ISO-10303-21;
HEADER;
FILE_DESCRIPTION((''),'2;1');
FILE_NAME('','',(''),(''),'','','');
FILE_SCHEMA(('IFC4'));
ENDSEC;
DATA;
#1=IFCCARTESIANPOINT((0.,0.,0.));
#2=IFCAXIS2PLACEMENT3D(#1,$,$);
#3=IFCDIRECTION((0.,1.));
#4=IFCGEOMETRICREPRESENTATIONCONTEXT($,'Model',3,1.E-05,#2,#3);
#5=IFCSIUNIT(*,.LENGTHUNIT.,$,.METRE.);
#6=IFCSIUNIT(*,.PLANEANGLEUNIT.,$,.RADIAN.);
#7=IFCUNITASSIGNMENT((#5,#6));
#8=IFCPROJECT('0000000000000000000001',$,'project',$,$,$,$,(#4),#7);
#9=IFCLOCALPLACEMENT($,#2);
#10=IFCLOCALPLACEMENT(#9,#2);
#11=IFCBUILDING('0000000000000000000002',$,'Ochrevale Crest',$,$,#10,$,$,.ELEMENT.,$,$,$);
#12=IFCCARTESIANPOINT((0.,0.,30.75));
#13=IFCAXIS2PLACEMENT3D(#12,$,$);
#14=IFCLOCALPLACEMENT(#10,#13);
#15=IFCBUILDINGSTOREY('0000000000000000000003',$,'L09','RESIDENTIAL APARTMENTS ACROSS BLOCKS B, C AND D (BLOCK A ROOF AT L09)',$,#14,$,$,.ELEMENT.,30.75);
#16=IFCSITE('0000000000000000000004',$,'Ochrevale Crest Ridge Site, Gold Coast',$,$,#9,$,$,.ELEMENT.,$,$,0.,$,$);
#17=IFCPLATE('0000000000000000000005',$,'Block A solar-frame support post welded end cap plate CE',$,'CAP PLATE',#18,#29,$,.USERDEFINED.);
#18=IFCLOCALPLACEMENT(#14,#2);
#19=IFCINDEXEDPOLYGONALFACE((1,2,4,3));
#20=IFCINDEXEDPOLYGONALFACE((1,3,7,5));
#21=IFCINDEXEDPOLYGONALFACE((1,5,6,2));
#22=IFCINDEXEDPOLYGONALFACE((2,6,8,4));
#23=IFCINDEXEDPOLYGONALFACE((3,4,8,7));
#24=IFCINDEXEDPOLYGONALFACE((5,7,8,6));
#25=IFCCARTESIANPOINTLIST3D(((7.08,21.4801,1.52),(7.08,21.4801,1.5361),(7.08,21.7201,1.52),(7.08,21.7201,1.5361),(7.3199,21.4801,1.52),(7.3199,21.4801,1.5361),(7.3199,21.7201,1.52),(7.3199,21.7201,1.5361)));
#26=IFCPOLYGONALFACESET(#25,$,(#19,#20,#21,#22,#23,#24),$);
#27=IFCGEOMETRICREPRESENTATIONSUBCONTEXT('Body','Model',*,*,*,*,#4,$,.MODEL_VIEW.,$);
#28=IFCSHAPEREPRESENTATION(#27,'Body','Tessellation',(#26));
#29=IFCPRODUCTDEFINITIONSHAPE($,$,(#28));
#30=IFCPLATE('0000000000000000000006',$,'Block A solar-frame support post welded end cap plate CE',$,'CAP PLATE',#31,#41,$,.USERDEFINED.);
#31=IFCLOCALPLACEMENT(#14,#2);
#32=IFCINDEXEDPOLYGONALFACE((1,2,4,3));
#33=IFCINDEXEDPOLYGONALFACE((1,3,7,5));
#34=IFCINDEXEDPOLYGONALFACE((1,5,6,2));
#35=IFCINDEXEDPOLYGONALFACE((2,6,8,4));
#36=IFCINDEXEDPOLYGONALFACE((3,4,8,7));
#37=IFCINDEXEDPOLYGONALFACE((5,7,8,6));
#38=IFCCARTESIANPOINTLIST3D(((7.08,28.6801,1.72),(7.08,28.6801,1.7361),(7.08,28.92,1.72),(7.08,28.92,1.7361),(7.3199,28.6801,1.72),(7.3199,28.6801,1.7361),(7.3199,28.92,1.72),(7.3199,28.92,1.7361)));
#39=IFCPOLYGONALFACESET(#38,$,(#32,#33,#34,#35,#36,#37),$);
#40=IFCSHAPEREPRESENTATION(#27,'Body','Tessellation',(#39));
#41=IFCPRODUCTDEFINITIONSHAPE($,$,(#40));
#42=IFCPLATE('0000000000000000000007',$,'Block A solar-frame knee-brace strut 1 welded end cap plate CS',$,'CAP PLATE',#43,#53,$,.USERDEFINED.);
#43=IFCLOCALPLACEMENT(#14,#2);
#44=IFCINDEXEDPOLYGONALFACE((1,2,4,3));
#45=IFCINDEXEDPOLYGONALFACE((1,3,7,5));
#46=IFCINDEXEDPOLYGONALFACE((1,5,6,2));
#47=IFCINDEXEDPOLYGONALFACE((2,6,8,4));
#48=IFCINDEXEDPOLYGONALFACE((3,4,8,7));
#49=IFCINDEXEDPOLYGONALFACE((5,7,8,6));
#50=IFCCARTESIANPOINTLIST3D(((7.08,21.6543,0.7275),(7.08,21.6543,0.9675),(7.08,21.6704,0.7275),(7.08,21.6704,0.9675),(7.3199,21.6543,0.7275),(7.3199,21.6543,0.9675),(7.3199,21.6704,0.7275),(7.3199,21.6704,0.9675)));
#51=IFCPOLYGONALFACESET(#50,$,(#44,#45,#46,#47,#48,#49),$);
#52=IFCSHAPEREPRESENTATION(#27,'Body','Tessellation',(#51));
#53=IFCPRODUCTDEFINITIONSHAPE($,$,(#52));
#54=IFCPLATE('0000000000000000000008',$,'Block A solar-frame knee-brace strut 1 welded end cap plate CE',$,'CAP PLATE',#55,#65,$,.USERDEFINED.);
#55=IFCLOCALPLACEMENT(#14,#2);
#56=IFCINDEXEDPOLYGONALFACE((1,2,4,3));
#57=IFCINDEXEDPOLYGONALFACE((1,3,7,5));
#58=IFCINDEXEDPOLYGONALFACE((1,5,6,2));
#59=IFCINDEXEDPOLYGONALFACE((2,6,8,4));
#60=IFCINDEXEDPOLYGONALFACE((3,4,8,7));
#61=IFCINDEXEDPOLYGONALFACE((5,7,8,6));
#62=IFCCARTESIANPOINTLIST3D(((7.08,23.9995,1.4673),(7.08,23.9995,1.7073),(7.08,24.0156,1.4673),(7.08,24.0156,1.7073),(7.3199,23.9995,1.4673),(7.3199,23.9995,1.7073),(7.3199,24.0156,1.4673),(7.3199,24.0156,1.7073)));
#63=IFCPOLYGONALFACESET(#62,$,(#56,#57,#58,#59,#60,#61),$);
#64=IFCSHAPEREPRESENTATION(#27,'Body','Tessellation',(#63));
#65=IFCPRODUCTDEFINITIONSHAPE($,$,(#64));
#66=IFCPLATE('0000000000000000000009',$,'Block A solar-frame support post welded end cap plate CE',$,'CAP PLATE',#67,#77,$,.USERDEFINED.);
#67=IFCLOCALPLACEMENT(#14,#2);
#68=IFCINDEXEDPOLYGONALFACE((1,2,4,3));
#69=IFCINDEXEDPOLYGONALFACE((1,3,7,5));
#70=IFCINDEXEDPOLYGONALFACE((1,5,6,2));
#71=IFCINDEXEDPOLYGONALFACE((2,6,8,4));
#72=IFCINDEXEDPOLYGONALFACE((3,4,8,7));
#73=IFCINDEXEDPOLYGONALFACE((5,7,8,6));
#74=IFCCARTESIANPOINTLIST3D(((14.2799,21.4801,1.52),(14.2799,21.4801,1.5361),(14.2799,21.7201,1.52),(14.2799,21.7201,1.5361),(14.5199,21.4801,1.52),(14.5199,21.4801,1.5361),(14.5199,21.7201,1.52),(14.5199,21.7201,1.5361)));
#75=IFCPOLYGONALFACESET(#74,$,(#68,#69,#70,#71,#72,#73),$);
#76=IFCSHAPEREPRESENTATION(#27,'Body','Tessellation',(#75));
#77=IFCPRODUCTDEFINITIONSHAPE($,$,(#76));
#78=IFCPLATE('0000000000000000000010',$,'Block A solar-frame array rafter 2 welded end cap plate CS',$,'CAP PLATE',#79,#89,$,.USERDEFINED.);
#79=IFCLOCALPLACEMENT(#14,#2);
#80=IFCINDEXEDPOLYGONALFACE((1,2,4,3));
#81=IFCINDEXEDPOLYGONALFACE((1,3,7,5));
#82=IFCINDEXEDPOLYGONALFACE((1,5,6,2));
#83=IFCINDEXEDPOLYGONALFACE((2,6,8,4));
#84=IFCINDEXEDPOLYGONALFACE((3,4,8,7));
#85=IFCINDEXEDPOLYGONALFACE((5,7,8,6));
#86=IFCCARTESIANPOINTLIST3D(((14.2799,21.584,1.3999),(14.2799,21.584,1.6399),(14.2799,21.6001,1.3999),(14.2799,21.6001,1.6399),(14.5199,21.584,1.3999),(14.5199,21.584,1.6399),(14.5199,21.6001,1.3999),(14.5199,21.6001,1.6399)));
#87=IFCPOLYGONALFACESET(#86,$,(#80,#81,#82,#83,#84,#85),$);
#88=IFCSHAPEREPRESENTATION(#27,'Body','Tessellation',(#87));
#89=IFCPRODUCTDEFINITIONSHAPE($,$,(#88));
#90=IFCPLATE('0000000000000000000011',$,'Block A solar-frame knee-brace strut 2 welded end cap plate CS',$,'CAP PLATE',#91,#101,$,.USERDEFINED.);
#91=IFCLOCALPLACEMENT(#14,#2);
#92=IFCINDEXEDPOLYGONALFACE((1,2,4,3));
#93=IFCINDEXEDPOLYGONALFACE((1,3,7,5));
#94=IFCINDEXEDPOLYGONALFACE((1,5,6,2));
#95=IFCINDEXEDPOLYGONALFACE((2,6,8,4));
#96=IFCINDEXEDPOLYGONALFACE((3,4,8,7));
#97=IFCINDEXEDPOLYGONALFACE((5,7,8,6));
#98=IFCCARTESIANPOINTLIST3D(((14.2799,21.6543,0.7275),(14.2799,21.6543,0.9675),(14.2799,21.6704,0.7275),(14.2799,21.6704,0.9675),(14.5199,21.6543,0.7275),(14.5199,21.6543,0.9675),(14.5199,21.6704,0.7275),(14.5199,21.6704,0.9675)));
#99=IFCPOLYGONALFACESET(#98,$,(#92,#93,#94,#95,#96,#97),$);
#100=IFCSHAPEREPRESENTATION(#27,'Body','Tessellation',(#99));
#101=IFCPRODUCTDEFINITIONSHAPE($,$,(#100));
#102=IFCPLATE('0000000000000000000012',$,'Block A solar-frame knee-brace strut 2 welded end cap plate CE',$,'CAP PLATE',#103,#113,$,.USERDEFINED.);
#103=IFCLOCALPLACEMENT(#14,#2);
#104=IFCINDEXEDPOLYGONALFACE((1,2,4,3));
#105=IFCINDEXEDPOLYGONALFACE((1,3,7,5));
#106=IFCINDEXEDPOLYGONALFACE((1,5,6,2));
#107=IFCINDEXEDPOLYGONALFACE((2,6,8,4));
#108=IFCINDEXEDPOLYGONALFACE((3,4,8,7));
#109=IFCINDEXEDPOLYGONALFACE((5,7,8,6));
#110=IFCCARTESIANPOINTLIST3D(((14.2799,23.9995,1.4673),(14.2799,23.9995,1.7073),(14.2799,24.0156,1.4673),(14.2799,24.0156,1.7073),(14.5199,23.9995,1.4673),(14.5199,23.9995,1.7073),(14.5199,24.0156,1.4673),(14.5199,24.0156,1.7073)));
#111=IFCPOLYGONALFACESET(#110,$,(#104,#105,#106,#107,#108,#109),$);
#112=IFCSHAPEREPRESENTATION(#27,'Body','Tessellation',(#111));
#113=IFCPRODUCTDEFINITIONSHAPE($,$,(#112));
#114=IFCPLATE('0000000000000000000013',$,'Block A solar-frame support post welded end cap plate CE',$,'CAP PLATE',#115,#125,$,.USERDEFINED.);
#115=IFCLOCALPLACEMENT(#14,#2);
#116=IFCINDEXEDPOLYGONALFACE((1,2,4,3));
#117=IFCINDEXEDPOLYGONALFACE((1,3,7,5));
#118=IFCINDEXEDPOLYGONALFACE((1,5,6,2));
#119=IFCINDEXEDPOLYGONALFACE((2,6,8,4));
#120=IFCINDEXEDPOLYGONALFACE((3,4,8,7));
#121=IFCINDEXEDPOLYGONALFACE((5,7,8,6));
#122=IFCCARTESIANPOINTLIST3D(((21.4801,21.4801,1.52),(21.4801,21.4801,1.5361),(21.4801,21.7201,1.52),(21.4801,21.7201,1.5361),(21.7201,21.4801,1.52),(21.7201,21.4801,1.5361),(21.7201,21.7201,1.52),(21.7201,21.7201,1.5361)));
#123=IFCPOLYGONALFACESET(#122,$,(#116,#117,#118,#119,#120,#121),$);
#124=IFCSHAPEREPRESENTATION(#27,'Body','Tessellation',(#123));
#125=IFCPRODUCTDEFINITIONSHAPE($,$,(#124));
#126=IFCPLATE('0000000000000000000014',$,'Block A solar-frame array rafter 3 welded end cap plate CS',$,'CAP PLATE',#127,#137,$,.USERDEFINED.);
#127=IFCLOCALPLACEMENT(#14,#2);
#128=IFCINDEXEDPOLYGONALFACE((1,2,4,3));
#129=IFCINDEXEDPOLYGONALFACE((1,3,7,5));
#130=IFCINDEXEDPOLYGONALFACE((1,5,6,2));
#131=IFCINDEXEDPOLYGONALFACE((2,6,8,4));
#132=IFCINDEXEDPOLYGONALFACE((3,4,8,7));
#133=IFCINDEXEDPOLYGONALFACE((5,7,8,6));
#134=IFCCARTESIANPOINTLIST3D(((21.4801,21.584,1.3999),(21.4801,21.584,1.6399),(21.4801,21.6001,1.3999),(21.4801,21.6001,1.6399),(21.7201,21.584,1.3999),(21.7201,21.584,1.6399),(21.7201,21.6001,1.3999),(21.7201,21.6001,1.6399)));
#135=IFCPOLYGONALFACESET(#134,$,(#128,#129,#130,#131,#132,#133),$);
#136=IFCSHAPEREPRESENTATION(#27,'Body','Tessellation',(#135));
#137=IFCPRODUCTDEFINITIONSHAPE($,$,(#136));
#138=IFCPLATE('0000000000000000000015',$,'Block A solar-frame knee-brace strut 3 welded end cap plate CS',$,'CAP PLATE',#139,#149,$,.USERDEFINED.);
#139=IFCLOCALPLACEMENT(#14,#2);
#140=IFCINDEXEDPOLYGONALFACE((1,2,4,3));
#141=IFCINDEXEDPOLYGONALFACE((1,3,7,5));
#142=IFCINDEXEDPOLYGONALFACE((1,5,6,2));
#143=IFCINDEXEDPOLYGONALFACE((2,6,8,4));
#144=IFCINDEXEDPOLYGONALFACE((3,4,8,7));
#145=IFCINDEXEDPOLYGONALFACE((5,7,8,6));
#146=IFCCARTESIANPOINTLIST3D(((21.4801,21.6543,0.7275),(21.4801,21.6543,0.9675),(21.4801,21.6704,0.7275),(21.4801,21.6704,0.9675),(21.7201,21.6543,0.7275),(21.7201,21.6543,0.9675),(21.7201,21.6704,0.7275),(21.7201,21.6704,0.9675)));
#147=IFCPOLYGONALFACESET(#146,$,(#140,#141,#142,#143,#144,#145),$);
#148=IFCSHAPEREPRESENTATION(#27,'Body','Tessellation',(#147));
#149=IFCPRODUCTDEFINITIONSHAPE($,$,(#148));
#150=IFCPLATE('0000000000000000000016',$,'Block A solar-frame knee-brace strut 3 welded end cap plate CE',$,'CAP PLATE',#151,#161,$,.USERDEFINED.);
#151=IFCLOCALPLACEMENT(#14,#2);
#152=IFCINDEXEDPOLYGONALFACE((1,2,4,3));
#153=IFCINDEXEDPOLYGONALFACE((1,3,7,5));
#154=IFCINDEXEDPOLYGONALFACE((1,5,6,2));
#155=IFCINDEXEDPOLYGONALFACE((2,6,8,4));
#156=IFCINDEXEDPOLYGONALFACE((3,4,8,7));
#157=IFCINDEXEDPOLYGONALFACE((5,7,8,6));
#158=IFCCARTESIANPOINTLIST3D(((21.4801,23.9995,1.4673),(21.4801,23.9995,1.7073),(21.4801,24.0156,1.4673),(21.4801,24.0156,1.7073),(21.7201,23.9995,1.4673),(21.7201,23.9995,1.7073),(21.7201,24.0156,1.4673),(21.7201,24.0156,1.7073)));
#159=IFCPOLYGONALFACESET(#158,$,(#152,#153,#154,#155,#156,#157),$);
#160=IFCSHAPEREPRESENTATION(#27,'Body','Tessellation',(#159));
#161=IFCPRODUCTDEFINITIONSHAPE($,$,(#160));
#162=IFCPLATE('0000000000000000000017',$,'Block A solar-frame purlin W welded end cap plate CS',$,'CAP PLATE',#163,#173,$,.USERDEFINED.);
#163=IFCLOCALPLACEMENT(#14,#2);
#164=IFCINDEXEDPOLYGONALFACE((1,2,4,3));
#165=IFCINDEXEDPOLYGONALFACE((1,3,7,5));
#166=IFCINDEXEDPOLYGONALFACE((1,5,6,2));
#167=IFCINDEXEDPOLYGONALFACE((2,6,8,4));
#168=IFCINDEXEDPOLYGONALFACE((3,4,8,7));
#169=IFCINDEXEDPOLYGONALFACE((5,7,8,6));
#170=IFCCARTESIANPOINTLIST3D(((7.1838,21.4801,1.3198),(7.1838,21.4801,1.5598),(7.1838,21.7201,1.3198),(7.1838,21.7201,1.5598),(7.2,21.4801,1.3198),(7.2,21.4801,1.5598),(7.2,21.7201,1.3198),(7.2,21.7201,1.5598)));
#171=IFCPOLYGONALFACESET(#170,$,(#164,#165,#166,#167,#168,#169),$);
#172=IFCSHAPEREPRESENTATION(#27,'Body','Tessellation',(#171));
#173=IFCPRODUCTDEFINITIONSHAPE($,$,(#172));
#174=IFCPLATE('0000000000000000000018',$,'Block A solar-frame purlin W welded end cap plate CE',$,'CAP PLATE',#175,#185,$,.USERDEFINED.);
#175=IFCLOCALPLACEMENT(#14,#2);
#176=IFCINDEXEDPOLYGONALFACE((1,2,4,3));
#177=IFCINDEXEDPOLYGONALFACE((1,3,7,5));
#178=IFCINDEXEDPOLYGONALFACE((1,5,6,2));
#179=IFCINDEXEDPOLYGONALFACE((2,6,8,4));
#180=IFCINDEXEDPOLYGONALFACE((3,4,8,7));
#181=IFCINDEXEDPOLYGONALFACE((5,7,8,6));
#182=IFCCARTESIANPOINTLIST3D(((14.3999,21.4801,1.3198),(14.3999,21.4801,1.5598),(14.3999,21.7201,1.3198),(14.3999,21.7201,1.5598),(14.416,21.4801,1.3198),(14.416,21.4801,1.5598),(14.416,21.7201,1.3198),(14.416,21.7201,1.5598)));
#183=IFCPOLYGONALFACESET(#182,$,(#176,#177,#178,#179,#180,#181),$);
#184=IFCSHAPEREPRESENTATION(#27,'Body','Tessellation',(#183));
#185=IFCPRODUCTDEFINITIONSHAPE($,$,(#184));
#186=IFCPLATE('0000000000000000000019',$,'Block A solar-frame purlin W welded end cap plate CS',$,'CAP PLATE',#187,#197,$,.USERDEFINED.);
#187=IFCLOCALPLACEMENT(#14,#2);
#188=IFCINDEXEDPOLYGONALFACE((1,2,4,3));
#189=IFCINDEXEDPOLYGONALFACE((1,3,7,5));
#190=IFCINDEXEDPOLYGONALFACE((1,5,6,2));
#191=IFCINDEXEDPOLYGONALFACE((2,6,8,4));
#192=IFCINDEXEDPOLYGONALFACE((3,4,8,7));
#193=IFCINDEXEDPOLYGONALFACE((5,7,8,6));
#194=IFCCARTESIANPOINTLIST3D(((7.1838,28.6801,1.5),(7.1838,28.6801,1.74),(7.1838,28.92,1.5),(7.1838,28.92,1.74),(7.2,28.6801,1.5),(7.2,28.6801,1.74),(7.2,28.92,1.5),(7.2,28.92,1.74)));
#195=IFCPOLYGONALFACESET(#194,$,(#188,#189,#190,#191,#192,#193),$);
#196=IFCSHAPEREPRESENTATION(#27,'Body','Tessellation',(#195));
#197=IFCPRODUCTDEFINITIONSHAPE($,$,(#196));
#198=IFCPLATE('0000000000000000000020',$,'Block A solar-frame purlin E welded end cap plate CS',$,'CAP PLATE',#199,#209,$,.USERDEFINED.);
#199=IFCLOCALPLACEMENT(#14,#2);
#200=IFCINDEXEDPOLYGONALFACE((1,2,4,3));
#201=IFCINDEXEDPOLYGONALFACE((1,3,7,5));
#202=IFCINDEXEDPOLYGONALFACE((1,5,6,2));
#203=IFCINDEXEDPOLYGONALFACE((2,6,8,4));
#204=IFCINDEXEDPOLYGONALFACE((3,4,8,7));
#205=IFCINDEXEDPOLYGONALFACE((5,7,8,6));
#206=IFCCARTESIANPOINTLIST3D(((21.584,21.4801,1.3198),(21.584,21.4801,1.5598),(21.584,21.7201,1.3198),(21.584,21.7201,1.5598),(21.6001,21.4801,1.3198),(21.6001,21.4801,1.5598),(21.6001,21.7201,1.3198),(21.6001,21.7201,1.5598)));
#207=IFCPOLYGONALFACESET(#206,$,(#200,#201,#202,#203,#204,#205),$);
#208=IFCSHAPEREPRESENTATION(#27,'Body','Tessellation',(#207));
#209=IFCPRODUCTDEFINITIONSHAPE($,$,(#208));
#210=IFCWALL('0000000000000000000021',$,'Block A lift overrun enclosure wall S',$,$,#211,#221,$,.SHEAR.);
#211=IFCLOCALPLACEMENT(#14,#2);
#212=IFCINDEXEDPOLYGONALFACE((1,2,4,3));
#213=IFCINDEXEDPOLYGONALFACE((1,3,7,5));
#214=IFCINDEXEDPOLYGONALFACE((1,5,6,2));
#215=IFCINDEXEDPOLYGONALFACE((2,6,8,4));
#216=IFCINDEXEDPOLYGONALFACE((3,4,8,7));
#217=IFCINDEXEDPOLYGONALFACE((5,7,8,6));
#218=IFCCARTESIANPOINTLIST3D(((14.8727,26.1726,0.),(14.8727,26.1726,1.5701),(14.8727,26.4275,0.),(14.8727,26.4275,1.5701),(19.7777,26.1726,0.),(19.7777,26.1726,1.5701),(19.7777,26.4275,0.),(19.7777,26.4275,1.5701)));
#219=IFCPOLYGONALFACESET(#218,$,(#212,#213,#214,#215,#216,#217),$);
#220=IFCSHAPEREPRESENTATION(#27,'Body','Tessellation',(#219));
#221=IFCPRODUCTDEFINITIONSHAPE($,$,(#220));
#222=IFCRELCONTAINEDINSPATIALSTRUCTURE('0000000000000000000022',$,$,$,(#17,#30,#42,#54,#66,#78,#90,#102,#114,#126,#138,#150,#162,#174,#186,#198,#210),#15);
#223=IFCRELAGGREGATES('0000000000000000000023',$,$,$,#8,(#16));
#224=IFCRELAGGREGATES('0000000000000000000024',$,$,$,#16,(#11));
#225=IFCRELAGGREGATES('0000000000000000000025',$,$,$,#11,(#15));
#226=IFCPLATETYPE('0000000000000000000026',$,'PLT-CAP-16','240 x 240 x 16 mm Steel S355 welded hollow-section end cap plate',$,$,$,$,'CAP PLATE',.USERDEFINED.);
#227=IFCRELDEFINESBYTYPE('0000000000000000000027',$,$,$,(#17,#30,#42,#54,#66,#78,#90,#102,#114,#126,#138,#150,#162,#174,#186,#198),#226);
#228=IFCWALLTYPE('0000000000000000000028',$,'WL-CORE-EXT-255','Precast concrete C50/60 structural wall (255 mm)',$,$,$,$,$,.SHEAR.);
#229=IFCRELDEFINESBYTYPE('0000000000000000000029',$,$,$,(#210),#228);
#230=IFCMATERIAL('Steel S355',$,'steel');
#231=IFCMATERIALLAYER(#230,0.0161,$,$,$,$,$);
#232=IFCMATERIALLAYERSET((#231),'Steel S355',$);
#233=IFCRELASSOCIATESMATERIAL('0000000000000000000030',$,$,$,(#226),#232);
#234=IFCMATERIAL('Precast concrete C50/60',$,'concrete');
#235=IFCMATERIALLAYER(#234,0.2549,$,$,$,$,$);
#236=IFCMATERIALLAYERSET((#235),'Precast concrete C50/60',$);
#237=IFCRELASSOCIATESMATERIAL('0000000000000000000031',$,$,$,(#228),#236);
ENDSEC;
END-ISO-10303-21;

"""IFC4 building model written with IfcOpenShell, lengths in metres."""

from ifc_helpers import new_model, si_unit, direction, frame, frame_2d, origin, origin_2d, place, context, subcontext, project, spatial, rectangle, extrude, material, layer, layer_set, type_object, element, save


model = new_model("IFC4")

# Units and contexts
model_context = context("Model", 3, precision=1e-05, world=origin(), true_north=direction((0.0, 1.0)))
body_context = subcontext(model_context, "Body", "Model", "MODEL_VIEW")
ifc_project = project(units=[si_unit("LENGTHUNIT", "METRE"), si_unit("PLANEANGLEUNIT", "RADIAN")], contexts=[model_context])

# Site, building, storey
site_placement = place(None, origin())
site = spatial("IfcSite", under=ifc_project, at=site_placement, Name="Ochrevale Crest Ridge Site, Gold Coast", CompositionType="ELEMENT", RefElevation=0.0)
building_placement = place(site_placement, origin())
building = spatial("IfcBuilding", under=site, at=building_placement, Name="Ochrevale Crest", CompositionType="ELEMENT")
storey_placement = place(building_placement, frame((0.0, 0.0, 30.75)))
storey = spatial("IfcBuildingStorey", under=building, at=storey_placement, Name="L09", Description="RESIDENTIAL APARTMENTS ACROSS BLOCKS B, C AND D (BLOCK A ROOF AT L09)", CompositionType="ELEMENT", Elevation=30.75)

# Shared definitions
ifc_material_1 = material(Name="Steel S355", Category="steel")

# Plates
ifc_layer_1 = layer(ifc_material_1, 0.0161)
ifc_layer_set_1 = layer_set([ifc_layer_1], Name="Steel S355")
plate_type = type_object("IfcPlateType", Name="PLT-CAP-16", Description="240 x 240 x 16 mm Steel S355 welded hollow-section end cap plate", ElementType="CAP PLATE", PredefinedType="USERDEFINED", material=ifc_layer_set_1)
for number, where, z_axis, x_axis, name in (
    (1, (7.2, 21.6001, 1.52), (0.0, 0.0, 1.0), (1.0, 0.0, 0.0), "Block A solar-frame support post welded end cap plate CE"),
    (2, (7.2, 28.8, 1.72), (0.0, 0.0, 1.0), (1.0, 0.0, 0.0), "Block A solar-frame support post welded end cap plate CE"),
):
    element("IfcPlate", number, at=place(storey_placement, frame(where, z_axis=z_axis, x_axis=x_axis)), inside=storey, type_object=plate_type, Name=name, ObjectType="CAP PLATE", PredefinedType="USERDEFINED", context=body_context, shape_type="SweptSolid", body=[
        extrude(rectangle(XDim=0.24, YDim=0.24, at=origin_2d()), origin(), (0.0, 0.0, 1.0), 0.0161),
    ])
for number, where, z_axis, x_axis, name in (
    (3, (7.2, 21.6624, 0.7275), (0.0, 0.0, 1.0), (0.0, 1.0, 0.0), "Block A solar-frame knee-brace strut 1 welded end cap plate CS"),
    (4, (7.2, 24.0076, 1.4673), (0.0, 0.0, 1.0), (0.0, 1.0, 0.0), "Block A solar-frame knee-brace strut 1 welded end cap plate CE"),
):
    element("IfcPlate", number, at=place(storey_placement, frame(where, z_axis=z_axis, x_axis=x_axis)), inside=storey, type_object=plate_type, Name=name, ObjectType="CAP PLATE", PredefinedType="USERDEFINED", context=body_context, shape_type="SweptSolid", body=[
        extrude(rectangle(XDim=0.0161, YDim=0.24, at=origin_2d()), origin(), (0.0, 0.0, 1.0), 0.24),
    ])
plate_1_placement = place(storey_placement, frame((14.3999, 21.6001, 1.52), z_axis=(0.0, 0.0, 1.0), x_axis=(1.0, 0.0, 0.0)))
element("IfcPlate", 5, at=plate_1_placement, inside=storey, type_object=plate_type, Name="Block A solar-frame support post welded end cap plate CE", ObjectType="CAP PLATE", PredefinedType="USERDEFINED", context=body_context, shape_type="SweptSolid", body=[
    extrude(rectangle(XDim=0.24, YDim=0.24, at=origin_2d()), origin(), (0.0, 0.0, 1.0), 0.0161),
])
for number, where, z_axis, x_axis, name in (
    (6, (14.3999, 21.592, 1.3999), (0.0, 0.0, 1.0), (0.0, 1.0, 0.0), "Block A solar-frame array rafter 2 welded end cap plate CS"),
    (7, (14.3999, 21.6624, 0.7275), (0.0, 0.0, 1.0), (0.0, 1.0, 0.0), "Block A solar-frame knee-brace strut 2 welded end cap plate CS"),
    (8, (14.3999, 24.0076, 1.4673), (0.0, 0.0, 1.0), (0.0, 1.0, 0.0), "Block A solar-frame knee-brace strut 2 welded end cap plate CE"),
):
    element("IfcPlate", number, at=place(storey_placement, frame(where, z_axis=z_axis, x_axis=x_axis)), inside=storey, type_object=plate_type, Name=name, ObjectType="CAP PLATE", PredefinedType="USERDEFINED", context=body_context, shape_type="SweptSolid", body=[
        extrude(rectangle(XDim=0.0161, YDim=0.24, at=origin_2d()), origin(), (0.0, 0.0, 1.0), 0.24),
    ])
plate_2_placement = place(storey_placement, frame((21.6001, 21.6001, 1.52), z_axis=(0.0, 0.0, 1.0), x_axis=(1.0, 0.0, 0.0)))
element("IfcPlate", 9, at=plate_2_placement, inside=storey, type_object=plate_type, Name="Block A solar-frame support post welded end cap plate CE", ObjectType="CAP PLATE", PredefinedType="USERDEFINED", context=body_context, shape_type="SweptSolid", body=[
    extrude(rectangle(XDim=0.24, YDim=0.24, at=origin_2d()), origin(), (0.0, 0.0, 1.0), 0.0161),
])
for number, where, z_axis, x_axis, name in (
    (10, (21.6001, 21.592, 1.3999), (0.0, 0.0, 1.0), (0.0, 1.0, 0.0), "Block A solar-frame array rafter 3 welded end cap plate CS"),
    (11, (21.6001, 21.6624, 0.7275), (0.0, 0.0, 1.0), (0.0, 1.0, 0.0), "Block A solar-frame knee-brace strut 3 welded end cap plate CS"),
    (12, (21.6001, 24.0076, 1.4673), (0.0, 0.0, 1.0), (0.0, 1.0, 0.0), "Block A solar-frame knee-brace strut 3 welded end cap plate CE"),
    (13, (7.1919, 21.6001, 1.3198), (0.0, 0.0, 1.0), (1.0, 0.0, 0.0), "Block A solar-frame purlin W welded end cap plate CS"),
    (14, (14.408, 21.6001, 1.3198), (0.0, 0.0, 1.0), (1.0, 0.0, 0.0), "Block A solar-frame purlin W welded end cap plate CE"),
    (15, (7.1919, 28.8, 1.5), (0.0, 0.0, 1.0), (1.0, 0.0, 0.0), "Block A solar-frame purlin W welded end cap plate CS"),
    (16, (21.592, 21.6001, 1.3198), (0.0, 0.0, 1.0), (1.0, 0.0, 0.0), "Block A solar-frame purlin E welded end cap plate CS"),
):
    element("IfcPlate", number, at=place(storey_placement, frame(where, z_axis=z_axis, x_axis=x_axis)), inside=storey, type_object=plate_type, Name=name, ObjectType="CAP PLATE", PredefinedType="USERDEFINED", context=body_context, shape_type="SweptSolid", body=[
        extrude(rectangle(XDim=0.0161, YDim=0.24, at=origin_2d()), origin(), (0.0, 0.0, 1.0), 0.24),
    ])

# Wall
ifc_material_2 = material(Name="Precast concrete C50/60", Category="concrete")
ifc_layer_2 = layer(ifc_material_2, 0.2549)
ifc_layer_set_2 = layer_set([ifc_layer_2], Name="Precast concrete C50/60")
wall_type = type_object("IfcWallType", Name="WL-CORE-EXT-255", Description="Precast concrete C50/60 structural wall (255 mm)", PredefinedType="SHEAR", material=ifc_layer_set_2)
wall_placement = place(storey_placement, frame((14.8726, 26.3, 0.0), z_axis=(0.0, 0.0, 1.0), x_axis=(1.0, 0.0, 0.0)))
element("IfcWall", 17, at=wall_placement, inside=storey, type_object=wall_type, Name="Block A lift overrun enclosure wall S", PredefinedType="SHEAR", context=body_context, shape_type="SweptSolid", body=[
    extrude(rectangle(XDim=4.905, YDim=0.2549, at=frame_2d((2.4526, 0.0))), origin(), (0.0, 0.0, 1.0), 1.5701),
])

save(model, "model.ifc")
